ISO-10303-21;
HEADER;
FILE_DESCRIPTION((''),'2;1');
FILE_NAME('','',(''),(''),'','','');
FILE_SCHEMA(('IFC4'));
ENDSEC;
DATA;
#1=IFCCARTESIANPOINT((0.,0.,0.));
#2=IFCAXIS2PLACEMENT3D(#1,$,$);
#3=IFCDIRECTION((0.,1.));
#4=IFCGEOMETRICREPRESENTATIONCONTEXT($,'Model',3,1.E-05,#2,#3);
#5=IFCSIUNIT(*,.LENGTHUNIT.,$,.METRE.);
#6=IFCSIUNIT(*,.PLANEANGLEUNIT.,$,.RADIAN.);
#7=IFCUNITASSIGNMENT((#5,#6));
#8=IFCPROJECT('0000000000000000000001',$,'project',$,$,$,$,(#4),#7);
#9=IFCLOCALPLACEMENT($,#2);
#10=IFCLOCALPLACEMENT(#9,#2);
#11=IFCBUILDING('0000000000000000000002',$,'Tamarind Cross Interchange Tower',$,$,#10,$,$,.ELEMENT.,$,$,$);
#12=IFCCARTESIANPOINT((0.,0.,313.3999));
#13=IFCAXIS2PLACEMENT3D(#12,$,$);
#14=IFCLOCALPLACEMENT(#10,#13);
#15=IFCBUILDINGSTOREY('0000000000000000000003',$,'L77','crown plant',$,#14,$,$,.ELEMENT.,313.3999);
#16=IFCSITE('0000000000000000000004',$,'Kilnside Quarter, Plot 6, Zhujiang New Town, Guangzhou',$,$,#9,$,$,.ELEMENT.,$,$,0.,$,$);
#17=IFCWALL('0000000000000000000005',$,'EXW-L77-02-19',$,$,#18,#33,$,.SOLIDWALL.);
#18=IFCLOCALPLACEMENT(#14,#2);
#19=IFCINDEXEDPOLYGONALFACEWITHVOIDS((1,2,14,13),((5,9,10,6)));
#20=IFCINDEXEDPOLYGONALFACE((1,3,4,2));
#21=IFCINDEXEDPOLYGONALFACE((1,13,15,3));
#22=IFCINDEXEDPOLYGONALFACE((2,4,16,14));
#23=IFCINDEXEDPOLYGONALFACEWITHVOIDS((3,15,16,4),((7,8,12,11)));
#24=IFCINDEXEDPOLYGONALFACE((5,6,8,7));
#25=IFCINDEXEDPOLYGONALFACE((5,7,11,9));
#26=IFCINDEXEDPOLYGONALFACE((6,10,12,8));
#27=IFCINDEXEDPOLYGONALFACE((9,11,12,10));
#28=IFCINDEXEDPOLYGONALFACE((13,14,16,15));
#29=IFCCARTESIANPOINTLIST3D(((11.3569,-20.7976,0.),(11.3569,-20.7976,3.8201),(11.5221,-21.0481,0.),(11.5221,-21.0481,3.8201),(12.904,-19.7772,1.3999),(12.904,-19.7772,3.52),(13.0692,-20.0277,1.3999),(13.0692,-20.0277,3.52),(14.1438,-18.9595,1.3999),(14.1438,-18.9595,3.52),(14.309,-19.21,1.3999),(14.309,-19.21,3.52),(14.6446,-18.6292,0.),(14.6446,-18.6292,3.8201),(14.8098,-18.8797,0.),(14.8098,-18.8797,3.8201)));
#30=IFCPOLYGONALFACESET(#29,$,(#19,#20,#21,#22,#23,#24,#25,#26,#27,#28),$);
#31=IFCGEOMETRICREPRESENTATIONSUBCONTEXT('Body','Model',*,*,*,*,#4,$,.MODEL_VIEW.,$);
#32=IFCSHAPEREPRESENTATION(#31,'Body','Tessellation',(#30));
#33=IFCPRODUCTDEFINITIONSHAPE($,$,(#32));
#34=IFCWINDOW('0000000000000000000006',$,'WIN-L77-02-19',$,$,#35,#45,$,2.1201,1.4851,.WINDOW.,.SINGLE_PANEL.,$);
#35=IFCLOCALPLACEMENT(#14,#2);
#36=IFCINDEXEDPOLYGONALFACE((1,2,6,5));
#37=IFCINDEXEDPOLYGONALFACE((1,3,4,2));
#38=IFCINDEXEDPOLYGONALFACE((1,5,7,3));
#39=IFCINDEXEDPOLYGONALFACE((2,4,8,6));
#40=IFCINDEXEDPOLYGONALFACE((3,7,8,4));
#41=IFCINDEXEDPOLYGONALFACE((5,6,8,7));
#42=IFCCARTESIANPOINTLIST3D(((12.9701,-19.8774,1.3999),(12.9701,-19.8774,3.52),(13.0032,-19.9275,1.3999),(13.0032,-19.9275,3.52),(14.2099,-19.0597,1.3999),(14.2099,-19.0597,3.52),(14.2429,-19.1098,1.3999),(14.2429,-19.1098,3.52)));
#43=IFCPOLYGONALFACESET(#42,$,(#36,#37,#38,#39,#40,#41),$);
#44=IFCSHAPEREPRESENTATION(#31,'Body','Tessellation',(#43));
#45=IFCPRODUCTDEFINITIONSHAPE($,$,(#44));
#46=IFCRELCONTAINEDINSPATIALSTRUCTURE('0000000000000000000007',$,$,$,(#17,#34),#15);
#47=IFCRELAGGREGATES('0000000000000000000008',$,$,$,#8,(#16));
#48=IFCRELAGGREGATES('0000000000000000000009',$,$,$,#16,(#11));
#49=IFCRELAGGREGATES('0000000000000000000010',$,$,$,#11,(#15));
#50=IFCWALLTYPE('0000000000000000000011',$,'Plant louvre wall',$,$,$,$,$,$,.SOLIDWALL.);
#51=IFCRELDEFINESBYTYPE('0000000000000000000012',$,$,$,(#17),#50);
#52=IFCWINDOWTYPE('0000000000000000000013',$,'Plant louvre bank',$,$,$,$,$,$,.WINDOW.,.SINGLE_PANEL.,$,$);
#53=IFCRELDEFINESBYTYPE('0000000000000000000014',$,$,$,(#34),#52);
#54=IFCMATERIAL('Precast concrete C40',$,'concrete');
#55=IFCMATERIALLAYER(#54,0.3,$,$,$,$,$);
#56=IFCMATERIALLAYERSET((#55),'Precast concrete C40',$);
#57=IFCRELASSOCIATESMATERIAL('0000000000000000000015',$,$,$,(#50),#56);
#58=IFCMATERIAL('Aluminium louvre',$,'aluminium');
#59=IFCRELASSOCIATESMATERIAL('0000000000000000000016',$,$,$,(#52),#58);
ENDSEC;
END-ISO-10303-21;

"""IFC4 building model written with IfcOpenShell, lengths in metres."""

from ifc_helpers import new_model, si_unit, direction, frame, frame_2d, origin, place, context, subcontext, project, spatial, rectangle, extrude, material, layer, layer_set, type_object, element, fill, save


model = new_model("IFC4")

# Units and contexts
model_context = context("Model", 3, precision=1e-05, world=origin(), true_north=direction((0.0, 1.0)))
body_context = subcontext(model_context, "Body", "Model", "MODEL_VIEW")
ifc_project = project(units=[si_unit("LENGTHUNIT", "METRE"), si_unit("PLANEANGLEUNIT", "RADIAN")], contexts=[model_context])

# Site, building, storey
site_placement = place(None, origin())
site = spatial("IfcSite", under=ifc_project, at=site_placement, Name="Kilnside Quarter, Plot 6, Zhujiang New Town, Guangzhou", CompositionType="ELEMENT", RefElevation=0.0)
building_placement = place(site_placement, origin())
building = spatial("IfcBuilding", under=site, at=building_placement, Name="Tamarind Cross Interchange Tower", CompositionType="ELEMENT")
storey_placement = place(building_placement, frame((0.0, 0.0, 313.3999)))
storey = spatial("IfcBuildingStorey", under=building, at=storey_placement, Name="L77", Description="crown plant", CompositionType="ELEMENT", Elevation=313.3999)

# Wall, opening, window
ifc_material_1 = material(Name="Precast concrete C40", Category="concrete")
ifc_layer_1 = layer(ifc_material_1, 0.3)
ifc_layer_set_1 = layer_set([ifc_layer_1], Name="Precast concrete C40")
wall_type_1 = type_object("IfcWallType", Name="Plant louvre wall", PredefinedType="SOLIDWALL", material=ifc_layer_set_1)
ifc_material_2 = material(Name="Aluminium louvre", Category="aluminium")
window_type = type_object("IfcWindowType", Name="Plant louvre bank", PartitioningType="SINGLE_PANEL", PredefinedType="WINDOW", material=ifc_material_2)
wall_1_placement = place(storey_placement, frame((11.4395, -20.9229, 0.0), z_axis=(0.0, 0.0, 1.0), x_axis=(0.834787, 0.550574, 0.0)))
wall_1 = element("IfcWall", 1, at=wall_1_placement, inside=storey, type_object=wall_type_1, Name="EXW-L77-02-19", PredefinedType="SOLIDWALL", context=body_context, shape_type="SweptSolid", body=[
    extrude(rectangle(XDim=3.9385, YDim=0.3, at=frame_2d((1.9692, 0.0))), origin(), (0.0, 0.0, 1.0), 3.8201),
])
opening_1_placement = place(wall_1_placement, frame((1.8533, 0.0, 1.3999)))
opening_1 = element("IfcOpeningElement", 2, at=opening_1_placement, cuts=wall_1, PredefinedType="OPENING", context=body_context, shape_type="SweptSolid", body=[
    extrude(rectangle(XDim=1.4851, YDim=2.1201, at=frame_2d((0.7427, 1.0601))), frame((0.0, 0.1599, 0.0), z_axis=(0.0, -1.0, 0.0), x_axis=(1.0, 0.0, 0.0)), (0.0, 0.0, 1.0), 0.3201),
])
window_1_placement = place(opening_1_placement, origin())
window_1 = element("IfcWindow", 3, at=window_1_placement, inside=storey, type_object=window_type, Name="WIN-L77-02-19", OverallHeight=2.1201, OverallWidth=1.4851, PartitioningType="SINGLE_PANEL", PredefinedType="WINDOW", context=body_context, shape_type="SweptSolid", body=[
    extrude(rectangle(XDim=1.4851, YDim=2.1201, at=frame_2d((0.7427, 1.0601))), frame((0.0, 0.03, 0.0), z_axis=(0.0, -1.0, 0.0), x_axis=(1.0, 0.0, 0.0)), (0.0, 0.0, 1.0), 0.0601),
])
fill(opening_1, window_1)

save(model, "model.ifc")
